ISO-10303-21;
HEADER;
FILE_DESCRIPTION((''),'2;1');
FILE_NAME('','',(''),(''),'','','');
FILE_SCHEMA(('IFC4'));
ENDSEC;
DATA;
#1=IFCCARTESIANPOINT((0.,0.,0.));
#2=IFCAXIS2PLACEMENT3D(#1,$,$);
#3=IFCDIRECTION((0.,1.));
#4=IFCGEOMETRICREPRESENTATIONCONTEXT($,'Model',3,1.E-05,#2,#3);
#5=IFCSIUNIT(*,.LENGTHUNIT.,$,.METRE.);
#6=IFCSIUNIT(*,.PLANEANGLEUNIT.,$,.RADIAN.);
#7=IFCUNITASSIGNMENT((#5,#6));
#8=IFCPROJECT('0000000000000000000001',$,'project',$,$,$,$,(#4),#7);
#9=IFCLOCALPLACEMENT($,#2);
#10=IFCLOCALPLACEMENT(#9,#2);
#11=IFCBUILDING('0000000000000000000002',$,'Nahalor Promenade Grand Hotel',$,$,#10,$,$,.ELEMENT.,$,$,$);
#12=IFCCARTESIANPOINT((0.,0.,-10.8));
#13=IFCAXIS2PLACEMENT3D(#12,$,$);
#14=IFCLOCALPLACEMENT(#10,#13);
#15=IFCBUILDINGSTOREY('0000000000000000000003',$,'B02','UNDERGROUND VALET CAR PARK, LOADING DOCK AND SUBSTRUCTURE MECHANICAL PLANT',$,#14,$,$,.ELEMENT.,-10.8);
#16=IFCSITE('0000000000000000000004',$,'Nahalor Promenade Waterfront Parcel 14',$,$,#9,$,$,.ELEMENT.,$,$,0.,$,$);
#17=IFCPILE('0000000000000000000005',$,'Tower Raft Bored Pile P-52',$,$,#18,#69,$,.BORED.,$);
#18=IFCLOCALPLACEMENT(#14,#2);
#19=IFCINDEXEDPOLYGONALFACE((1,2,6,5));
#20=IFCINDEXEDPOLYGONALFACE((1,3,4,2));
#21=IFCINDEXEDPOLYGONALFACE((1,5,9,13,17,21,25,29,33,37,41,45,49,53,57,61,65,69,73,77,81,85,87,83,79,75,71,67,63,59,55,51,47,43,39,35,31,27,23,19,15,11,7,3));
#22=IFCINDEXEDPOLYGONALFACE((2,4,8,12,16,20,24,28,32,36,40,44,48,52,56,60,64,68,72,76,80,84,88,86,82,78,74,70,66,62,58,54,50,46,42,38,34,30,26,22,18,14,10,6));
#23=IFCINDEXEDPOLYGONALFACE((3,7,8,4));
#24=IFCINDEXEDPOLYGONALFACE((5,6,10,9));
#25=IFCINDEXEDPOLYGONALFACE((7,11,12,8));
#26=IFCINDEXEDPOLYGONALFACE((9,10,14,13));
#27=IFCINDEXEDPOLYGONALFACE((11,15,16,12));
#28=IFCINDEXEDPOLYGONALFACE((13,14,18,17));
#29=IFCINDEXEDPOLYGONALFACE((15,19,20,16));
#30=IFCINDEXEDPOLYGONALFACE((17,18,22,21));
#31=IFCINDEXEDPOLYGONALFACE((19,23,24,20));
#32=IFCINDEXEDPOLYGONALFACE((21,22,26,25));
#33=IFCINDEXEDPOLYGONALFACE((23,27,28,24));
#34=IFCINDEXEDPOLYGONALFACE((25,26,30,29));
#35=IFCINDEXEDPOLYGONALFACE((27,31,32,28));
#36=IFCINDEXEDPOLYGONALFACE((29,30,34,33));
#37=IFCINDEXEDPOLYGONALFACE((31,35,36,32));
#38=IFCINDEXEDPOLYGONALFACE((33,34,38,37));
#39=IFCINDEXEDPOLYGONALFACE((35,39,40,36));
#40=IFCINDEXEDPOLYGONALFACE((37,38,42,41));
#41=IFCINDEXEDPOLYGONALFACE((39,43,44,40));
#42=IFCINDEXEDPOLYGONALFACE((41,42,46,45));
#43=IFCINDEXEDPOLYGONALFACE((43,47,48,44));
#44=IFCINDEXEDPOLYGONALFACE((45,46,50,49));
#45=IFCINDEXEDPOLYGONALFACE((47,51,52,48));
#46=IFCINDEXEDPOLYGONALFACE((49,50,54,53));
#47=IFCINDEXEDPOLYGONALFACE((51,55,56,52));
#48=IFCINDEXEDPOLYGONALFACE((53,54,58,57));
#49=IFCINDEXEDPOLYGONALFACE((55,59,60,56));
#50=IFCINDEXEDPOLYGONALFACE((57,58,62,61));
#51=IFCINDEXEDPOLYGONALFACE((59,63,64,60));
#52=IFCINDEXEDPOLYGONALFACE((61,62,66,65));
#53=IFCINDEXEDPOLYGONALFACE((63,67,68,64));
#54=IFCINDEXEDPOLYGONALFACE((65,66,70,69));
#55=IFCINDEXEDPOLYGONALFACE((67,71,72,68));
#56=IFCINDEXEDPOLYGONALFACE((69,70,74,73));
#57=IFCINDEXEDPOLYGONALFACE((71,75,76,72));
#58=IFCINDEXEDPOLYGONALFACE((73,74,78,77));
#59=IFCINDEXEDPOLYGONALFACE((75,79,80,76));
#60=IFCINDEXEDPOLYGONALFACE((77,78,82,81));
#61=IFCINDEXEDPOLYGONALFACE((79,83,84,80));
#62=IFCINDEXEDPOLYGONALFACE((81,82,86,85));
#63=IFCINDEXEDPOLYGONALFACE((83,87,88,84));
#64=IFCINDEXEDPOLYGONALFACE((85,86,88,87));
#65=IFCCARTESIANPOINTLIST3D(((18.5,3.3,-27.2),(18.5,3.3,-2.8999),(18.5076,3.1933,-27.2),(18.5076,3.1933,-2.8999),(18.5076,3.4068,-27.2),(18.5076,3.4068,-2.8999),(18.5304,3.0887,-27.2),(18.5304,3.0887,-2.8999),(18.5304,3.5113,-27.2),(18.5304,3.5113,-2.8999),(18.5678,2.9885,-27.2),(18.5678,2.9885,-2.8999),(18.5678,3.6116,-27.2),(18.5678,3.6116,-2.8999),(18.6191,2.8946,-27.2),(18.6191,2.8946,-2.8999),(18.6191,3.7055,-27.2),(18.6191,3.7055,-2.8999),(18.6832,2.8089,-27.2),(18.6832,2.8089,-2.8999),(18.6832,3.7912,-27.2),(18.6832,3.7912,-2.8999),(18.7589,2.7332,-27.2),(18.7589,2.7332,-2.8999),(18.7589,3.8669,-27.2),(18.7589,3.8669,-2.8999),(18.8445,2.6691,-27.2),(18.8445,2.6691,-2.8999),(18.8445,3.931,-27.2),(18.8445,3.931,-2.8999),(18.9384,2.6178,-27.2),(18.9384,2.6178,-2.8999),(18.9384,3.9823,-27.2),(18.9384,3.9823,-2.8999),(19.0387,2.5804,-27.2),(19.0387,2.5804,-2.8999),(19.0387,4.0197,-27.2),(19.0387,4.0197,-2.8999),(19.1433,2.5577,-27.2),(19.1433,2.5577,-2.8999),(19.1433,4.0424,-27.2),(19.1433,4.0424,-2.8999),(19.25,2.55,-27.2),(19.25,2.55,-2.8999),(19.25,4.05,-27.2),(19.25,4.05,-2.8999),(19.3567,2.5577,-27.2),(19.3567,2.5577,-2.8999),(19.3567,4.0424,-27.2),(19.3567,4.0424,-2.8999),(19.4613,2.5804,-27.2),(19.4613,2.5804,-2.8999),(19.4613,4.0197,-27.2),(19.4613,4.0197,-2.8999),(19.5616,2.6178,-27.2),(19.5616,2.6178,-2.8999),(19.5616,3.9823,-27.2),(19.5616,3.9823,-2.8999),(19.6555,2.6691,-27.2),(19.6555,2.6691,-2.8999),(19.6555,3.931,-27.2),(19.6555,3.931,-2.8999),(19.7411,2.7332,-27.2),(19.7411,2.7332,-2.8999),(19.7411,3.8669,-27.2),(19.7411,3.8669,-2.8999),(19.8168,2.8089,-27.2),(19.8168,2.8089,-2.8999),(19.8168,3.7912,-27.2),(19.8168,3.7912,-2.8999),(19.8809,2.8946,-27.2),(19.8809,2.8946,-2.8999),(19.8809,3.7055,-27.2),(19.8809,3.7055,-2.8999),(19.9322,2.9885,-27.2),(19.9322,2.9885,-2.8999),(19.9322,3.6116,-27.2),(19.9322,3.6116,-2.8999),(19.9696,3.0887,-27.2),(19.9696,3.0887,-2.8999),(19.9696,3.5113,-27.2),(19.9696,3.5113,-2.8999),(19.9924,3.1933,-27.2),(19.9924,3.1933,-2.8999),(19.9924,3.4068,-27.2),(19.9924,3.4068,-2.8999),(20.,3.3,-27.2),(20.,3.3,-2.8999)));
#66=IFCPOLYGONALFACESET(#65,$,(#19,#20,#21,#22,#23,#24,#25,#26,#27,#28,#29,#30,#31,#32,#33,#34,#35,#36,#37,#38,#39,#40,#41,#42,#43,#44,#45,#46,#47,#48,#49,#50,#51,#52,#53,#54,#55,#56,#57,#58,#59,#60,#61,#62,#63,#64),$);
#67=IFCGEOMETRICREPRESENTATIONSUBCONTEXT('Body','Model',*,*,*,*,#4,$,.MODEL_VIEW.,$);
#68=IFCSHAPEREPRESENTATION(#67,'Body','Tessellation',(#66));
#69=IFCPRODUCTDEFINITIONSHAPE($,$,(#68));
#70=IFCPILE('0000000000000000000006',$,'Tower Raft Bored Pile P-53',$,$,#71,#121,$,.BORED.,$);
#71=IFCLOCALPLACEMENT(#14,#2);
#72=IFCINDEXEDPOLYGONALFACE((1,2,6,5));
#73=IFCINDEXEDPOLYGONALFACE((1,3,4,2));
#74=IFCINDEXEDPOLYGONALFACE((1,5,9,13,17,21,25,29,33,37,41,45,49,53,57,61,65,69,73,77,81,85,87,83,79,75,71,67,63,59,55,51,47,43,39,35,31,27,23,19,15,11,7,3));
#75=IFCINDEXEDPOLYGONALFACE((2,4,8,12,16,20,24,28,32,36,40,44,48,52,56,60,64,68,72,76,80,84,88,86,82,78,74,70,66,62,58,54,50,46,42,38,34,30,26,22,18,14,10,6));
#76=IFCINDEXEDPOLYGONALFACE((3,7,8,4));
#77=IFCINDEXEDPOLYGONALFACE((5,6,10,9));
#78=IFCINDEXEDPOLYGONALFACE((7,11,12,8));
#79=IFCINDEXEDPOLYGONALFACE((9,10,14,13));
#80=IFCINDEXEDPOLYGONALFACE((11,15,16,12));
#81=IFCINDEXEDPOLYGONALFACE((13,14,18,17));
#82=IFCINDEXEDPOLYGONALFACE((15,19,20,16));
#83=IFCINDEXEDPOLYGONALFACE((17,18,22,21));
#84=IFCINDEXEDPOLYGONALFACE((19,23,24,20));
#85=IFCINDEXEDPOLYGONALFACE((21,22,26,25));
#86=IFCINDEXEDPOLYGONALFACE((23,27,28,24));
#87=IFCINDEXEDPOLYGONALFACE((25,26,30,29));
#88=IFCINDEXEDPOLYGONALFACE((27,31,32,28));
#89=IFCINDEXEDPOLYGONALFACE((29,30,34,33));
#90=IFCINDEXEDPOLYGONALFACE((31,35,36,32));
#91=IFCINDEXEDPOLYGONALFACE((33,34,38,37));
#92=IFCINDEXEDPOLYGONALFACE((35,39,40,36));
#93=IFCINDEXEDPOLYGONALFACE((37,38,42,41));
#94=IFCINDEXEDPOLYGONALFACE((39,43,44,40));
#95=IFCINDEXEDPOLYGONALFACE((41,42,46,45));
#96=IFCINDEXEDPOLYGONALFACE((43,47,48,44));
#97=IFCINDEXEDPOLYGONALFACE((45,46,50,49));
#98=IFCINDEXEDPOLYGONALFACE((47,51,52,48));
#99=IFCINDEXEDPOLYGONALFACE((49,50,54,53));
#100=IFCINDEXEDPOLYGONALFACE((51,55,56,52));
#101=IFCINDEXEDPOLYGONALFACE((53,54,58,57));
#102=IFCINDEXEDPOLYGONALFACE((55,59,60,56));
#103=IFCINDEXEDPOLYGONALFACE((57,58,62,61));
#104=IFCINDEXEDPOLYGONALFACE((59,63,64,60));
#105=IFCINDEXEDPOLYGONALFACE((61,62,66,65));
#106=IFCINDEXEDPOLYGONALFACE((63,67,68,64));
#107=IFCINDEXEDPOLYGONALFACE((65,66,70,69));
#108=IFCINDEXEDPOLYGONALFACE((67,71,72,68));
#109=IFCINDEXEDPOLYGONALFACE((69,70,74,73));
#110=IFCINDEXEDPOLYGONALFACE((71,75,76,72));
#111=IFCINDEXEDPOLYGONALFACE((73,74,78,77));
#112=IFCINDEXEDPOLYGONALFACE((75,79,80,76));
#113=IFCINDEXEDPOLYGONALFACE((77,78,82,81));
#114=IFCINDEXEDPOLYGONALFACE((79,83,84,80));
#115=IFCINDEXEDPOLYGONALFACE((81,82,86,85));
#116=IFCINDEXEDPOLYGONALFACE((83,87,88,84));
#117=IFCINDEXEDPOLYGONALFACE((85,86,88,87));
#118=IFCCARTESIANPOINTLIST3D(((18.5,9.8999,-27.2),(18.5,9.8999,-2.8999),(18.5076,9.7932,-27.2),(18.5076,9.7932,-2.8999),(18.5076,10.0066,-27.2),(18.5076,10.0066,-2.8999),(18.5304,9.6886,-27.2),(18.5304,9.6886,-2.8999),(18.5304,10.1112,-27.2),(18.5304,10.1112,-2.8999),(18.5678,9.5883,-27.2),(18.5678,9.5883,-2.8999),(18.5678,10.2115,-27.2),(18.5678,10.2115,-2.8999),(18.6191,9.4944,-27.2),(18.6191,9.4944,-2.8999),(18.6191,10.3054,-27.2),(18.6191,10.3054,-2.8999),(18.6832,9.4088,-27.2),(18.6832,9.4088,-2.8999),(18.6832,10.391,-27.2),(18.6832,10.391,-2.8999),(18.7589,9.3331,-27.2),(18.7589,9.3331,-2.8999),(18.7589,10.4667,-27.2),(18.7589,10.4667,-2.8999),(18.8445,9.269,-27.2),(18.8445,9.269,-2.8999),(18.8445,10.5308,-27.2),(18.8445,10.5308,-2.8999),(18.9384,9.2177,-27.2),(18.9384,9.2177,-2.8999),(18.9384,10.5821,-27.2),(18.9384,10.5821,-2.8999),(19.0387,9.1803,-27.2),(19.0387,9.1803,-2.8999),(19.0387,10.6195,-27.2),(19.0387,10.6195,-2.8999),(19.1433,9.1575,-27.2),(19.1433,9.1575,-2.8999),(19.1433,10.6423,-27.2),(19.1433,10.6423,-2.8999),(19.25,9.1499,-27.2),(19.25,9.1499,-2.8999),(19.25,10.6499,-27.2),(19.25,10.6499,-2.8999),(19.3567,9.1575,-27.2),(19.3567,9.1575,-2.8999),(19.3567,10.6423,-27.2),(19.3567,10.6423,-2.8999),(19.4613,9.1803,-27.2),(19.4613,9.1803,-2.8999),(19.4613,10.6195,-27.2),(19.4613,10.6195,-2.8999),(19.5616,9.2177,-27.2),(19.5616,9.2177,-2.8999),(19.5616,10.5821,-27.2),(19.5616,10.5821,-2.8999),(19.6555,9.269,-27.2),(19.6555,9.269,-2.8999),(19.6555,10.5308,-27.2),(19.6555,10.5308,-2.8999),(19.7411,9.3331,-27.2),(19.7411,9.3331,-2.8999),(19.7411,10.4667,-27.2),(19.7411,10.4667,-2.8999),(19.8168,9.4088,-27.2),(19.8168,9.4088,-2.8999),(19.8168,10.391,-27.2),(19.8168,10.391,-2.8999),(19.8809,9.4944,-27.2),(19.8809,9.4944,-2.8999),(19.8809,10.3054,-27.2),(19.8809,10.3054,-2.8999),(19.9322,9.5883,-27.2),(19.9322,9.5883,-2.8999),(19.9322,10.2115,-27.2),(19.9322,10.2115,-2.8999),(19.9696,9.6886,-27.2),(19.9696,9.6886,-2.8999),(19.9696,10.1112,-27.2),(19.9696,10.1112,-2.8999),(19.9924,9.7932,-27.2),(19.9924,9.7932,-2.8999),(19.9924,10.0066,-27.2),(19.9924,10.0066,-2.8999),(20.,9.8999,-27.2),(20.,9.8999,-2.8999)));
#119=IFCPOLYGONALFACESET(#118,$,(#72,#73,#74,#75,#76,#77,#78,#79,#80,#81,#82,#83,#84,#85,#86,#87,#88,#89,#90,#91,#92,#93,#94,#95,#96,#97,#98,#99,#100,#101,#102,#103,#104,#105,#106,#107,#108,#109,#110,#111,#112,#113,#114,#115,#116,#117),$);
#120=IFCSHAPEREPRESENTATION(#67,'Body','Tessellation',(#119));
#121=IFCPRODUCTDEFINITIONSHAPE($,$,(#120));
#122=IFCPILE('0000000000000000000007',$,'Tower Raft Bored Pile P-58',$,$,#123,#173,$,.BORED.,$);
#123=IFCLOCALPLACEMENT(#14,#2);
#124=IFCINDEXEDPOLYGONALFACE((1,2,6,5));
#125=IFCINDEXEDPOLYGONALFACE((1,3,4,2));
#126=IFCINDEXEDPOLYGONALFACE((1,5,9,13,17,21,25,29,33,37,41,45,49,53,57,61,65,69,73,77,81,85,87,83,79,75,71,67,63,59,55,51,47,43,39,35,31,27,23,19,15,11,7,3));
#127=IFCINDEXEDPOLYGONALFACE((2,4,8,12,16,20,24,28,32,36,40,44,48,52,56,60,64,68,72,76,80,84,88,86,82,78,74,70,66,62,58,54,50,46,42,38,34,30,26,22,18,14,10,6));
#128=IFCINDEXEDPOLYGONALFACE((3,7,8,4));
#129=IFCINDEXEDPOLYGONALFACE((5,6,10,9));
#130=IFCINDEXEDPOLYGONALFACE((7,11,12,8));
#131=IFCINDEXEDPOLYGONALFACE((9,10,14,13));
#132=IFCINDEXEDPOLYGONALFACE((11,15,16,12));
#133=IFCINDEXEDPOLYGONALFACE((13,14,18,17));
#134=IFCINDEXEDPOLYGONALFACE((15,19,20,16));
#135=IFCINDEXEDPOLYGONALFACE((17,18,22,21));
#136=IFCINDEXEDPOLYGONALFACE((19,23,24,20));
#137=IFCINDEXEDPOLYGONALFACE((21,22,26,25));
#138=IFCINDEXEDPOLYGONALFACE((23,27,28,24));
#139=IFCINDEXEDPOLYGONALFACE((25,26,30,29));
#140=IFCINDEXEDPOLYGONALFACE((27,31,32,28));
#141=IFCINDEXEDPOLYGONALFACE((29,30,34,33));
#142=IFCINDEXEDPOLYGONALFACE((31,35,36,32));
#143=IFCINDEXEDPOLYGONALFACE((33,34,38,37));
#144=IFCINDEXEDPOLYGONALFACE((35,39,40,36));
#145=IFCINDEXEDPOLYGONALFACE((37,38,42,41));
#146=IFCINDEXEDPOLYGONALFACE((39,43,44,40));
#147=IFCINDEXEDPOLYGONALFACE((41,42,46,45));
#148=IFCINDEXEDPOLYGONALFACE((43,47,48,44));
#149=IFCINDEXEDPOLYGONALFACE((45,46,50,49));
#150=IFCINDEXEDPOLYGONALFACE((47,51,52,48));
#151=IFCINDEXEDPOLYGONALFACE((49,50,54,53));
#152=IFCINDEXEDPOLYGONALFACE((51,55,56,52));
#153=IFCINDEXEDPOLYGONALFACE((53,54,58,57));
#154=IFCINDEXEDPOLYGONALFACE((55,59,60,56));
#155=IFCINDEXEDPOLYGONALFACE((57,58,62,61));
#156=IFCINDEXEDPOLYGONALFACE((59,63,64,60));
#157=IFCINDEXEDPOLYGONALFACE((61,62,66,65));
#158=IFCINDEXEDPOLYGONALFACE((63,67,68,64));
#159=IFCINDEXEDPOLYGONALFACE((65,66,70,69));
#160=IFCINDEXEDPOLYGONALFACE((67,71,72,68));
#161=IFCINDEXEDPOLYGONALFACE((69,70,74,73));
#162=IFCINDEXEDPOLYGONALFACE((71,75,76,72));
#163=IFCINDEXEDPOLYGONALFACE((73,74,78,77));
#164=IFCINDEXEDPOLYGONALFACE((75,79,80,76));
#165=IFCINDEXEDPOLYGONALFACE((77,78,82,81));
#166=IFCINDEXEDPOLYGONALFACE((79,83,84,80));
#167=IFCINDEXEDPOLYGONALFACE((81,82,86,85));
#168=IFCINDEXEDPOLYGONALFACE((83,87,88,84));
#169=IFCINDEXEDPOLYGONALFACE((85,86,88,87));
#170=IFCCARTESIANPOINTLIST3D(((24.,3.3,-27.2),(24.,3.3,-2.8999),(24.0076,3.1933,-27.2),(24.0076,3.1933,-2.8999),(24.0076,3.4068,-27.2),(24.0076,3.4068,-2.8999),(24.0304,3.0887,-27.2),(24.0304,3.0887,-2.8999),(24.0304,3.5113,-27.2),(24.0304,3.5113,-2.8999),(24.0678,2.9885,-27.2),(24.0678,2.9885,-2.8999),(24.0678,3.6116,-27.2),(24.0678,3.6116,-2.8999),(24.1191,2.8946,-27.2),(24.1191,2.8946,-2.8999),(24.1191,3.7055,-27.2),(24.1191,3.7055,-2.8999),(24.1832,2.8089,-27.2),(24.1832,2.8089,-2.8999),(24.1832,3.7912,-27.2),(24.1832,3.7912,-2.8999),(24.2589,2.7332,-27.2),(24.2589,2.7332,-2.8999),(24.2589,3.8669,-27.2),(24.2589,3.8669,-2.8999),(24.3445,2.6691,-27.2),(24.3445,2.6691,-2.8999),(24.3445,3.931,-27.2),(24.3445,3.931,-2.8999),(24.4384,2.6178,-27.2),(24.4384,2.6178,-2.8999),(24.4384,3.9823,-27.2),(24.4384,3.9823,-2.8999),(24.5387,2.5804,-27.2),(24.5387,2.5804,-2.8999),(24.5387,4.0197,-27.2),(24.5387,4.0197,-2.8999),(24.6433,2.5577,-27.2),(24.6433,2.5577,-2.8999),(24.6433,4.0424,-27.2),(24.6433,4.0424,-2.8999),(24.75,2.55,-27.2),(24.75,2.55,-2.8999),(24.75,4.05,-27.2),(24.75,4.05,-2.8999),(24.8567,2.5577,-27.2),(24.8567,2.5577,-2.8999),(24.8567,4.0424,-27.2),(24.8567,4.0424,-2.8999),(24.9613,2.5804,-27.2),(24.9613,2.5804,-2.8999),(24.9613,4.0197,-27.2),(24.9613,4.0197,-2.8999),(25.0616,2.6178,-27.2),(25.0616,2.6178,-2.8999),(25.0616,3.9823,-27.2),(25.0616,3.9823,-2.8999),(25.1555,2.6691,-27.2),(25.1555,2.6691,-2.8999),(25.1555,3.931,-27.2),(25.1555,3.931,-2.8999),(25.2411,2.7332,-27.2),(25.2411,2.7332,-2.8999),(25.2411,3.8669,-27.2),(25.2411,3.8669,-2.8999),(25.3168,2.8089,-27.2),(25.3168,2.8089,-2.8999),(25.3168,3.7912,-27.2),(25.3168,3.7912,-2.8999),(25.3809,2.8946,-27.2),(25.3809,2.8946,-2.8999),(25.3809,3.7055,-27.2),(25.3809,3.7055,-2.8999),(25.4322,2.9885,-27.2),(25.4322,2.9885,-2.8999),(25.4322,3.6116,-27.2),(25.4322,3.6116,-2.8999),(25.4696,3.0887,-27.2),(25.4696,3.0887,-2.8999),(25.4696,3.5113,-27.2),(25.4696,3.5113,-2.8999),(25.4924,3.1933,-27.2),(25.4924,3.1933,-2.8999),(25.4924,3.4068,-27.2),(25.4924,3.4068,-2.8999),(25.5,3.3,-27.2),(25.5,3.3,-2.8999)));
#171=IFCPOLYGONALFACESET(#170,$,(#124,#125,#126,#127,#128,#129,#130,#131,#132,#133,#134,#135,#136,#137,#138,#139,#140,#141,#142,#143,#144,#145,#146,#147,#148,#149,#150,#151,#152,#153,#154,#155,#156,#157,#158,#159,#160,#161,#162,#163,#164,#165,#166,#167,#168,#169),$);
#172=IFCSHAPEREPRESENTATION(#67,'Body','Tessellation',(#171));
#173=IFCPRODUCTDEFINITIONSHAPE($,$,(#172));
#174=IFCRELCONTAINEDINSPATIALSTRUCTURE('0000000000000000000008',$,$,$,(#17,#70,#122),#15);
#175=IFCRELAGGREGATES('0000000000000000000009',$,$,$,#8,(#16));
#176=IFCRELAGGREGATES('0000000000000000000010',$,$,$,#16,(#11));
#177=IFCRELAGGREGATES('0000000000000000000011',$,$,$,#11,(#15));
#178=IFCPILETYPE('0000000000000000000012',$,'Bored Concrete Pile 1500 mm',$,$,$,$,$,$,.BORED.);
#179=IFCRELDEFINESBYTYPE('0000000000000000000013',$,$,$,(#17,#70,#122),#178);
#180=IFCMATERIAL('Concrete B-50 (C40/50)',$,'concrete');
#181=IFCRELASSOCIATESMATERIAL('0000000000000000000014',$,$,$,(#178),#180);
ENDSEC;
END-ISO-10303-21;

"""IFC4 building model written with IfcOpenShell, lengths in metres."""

from ifc_helpers import new_model, si_unit, direction, frame, origin, origin_2d, place, context, subcontext, project, spatial, circle, extrude, source, transform, mapped, material, material_profile, profile_set, type_object, element, save


model = new_model("IFC4")

# Units and contexts
model_context = context("Model", 3, precision=1e-05, world=origin(), true_north=direction((0.0, 1.0)))
body_context = subcontext(model_context, "Body", "Model", "MODEL_VIEW")
ifc_project = project(units=[si_unit("LENGTHUNIT", "METRE"), si_unit("PLANEANGLEUNIT", "RADIAN")], contexts=[model_context])

# Site, building, storey
site_placement = place(None, origin())
site = spatial("IfcSite", under=ifc_project, at=site_placement, Name="Nahalor Promenade Waterfront Parcel 14", CompositionType="ELEMENT", RefElevation=0.0)
building_placement = place(site_placement, origin())
building = spatial("IfcBuilding", under=site, at=building_placement, Name="Nahalor Promenade Grand Hotel", CompositionType="ELEMENT")
storey_placement = place(building_placement, frame((0.0, 0.0, -10.8)))
storey = spatial("IfcBuildingStorey", under=building, at=storey_placement, Name="B02", Description="UNDERGROUND VALET CAR PARK, LOADING DOCK AND SUBSTRUCTURE MECHANICAL PLANT", CompositionType="ELEMENT", Elevation=-10.8)

# Piles
ifc_material_1 = material(Name="Concrete B-50 (C40/50)", Category="concrete")
ifc_material_profile_1 = material_profile(ifc_material_1, circle(Radius=0.75, at=origin_2d()), Name="PILE D1500")
ifc_profile_set_1 = profile_set([ifc_material_profile_1], Name="Concrete B-50 (C40/50)")
pile_type_1 = type_object("IfcPileType", Name="Bored Concrete Pile 1500 mm", PredefinedType="BORED", material=ifc_profile_set_1)
shared_shape_1 = source(origin(), body_context, "Body", "SweptSolid", [
    extrude(circle(Radius=0.75, at=origin_2d()), origin(), (0.0, 0.0, 1.0), 24.3),
])
for number, where, z_axis, x_axis, name in (
    (1, (19.25, 3.3, -2.8999), (0.0, 0.0, -1.0), (1.0, 0.0, 0.0), "Tower Raft Bored Pile P-52"),
    (2, (19.25, 9.8999, -2.8999), (0.0, 0.0, -1.0), (1.0, 0.0, 0.0), "Tower Raft Bored Pile P-53"),
    (3, (24.75, 3.3, -2.8999), (0.0, 0.0, -1.0), (1.0, 0.0, 0.0), "Tower Raft Bored Pile P-58"),
):
    element("IfcPile", number, at=place(storey_placement, frame(where, z_axis=z_axis, x_axis=x_axis)), inside=storey, type_object=pile_type_1, Name=name, PredefinedType="BORED", context=body_context, shape_type="MappedRepresentation", body=[
        mapped(shared_shape_1, transform((0.0, 0.0, 0.0), scale=1.0)),
    ])

save(model, "model.ifc")
